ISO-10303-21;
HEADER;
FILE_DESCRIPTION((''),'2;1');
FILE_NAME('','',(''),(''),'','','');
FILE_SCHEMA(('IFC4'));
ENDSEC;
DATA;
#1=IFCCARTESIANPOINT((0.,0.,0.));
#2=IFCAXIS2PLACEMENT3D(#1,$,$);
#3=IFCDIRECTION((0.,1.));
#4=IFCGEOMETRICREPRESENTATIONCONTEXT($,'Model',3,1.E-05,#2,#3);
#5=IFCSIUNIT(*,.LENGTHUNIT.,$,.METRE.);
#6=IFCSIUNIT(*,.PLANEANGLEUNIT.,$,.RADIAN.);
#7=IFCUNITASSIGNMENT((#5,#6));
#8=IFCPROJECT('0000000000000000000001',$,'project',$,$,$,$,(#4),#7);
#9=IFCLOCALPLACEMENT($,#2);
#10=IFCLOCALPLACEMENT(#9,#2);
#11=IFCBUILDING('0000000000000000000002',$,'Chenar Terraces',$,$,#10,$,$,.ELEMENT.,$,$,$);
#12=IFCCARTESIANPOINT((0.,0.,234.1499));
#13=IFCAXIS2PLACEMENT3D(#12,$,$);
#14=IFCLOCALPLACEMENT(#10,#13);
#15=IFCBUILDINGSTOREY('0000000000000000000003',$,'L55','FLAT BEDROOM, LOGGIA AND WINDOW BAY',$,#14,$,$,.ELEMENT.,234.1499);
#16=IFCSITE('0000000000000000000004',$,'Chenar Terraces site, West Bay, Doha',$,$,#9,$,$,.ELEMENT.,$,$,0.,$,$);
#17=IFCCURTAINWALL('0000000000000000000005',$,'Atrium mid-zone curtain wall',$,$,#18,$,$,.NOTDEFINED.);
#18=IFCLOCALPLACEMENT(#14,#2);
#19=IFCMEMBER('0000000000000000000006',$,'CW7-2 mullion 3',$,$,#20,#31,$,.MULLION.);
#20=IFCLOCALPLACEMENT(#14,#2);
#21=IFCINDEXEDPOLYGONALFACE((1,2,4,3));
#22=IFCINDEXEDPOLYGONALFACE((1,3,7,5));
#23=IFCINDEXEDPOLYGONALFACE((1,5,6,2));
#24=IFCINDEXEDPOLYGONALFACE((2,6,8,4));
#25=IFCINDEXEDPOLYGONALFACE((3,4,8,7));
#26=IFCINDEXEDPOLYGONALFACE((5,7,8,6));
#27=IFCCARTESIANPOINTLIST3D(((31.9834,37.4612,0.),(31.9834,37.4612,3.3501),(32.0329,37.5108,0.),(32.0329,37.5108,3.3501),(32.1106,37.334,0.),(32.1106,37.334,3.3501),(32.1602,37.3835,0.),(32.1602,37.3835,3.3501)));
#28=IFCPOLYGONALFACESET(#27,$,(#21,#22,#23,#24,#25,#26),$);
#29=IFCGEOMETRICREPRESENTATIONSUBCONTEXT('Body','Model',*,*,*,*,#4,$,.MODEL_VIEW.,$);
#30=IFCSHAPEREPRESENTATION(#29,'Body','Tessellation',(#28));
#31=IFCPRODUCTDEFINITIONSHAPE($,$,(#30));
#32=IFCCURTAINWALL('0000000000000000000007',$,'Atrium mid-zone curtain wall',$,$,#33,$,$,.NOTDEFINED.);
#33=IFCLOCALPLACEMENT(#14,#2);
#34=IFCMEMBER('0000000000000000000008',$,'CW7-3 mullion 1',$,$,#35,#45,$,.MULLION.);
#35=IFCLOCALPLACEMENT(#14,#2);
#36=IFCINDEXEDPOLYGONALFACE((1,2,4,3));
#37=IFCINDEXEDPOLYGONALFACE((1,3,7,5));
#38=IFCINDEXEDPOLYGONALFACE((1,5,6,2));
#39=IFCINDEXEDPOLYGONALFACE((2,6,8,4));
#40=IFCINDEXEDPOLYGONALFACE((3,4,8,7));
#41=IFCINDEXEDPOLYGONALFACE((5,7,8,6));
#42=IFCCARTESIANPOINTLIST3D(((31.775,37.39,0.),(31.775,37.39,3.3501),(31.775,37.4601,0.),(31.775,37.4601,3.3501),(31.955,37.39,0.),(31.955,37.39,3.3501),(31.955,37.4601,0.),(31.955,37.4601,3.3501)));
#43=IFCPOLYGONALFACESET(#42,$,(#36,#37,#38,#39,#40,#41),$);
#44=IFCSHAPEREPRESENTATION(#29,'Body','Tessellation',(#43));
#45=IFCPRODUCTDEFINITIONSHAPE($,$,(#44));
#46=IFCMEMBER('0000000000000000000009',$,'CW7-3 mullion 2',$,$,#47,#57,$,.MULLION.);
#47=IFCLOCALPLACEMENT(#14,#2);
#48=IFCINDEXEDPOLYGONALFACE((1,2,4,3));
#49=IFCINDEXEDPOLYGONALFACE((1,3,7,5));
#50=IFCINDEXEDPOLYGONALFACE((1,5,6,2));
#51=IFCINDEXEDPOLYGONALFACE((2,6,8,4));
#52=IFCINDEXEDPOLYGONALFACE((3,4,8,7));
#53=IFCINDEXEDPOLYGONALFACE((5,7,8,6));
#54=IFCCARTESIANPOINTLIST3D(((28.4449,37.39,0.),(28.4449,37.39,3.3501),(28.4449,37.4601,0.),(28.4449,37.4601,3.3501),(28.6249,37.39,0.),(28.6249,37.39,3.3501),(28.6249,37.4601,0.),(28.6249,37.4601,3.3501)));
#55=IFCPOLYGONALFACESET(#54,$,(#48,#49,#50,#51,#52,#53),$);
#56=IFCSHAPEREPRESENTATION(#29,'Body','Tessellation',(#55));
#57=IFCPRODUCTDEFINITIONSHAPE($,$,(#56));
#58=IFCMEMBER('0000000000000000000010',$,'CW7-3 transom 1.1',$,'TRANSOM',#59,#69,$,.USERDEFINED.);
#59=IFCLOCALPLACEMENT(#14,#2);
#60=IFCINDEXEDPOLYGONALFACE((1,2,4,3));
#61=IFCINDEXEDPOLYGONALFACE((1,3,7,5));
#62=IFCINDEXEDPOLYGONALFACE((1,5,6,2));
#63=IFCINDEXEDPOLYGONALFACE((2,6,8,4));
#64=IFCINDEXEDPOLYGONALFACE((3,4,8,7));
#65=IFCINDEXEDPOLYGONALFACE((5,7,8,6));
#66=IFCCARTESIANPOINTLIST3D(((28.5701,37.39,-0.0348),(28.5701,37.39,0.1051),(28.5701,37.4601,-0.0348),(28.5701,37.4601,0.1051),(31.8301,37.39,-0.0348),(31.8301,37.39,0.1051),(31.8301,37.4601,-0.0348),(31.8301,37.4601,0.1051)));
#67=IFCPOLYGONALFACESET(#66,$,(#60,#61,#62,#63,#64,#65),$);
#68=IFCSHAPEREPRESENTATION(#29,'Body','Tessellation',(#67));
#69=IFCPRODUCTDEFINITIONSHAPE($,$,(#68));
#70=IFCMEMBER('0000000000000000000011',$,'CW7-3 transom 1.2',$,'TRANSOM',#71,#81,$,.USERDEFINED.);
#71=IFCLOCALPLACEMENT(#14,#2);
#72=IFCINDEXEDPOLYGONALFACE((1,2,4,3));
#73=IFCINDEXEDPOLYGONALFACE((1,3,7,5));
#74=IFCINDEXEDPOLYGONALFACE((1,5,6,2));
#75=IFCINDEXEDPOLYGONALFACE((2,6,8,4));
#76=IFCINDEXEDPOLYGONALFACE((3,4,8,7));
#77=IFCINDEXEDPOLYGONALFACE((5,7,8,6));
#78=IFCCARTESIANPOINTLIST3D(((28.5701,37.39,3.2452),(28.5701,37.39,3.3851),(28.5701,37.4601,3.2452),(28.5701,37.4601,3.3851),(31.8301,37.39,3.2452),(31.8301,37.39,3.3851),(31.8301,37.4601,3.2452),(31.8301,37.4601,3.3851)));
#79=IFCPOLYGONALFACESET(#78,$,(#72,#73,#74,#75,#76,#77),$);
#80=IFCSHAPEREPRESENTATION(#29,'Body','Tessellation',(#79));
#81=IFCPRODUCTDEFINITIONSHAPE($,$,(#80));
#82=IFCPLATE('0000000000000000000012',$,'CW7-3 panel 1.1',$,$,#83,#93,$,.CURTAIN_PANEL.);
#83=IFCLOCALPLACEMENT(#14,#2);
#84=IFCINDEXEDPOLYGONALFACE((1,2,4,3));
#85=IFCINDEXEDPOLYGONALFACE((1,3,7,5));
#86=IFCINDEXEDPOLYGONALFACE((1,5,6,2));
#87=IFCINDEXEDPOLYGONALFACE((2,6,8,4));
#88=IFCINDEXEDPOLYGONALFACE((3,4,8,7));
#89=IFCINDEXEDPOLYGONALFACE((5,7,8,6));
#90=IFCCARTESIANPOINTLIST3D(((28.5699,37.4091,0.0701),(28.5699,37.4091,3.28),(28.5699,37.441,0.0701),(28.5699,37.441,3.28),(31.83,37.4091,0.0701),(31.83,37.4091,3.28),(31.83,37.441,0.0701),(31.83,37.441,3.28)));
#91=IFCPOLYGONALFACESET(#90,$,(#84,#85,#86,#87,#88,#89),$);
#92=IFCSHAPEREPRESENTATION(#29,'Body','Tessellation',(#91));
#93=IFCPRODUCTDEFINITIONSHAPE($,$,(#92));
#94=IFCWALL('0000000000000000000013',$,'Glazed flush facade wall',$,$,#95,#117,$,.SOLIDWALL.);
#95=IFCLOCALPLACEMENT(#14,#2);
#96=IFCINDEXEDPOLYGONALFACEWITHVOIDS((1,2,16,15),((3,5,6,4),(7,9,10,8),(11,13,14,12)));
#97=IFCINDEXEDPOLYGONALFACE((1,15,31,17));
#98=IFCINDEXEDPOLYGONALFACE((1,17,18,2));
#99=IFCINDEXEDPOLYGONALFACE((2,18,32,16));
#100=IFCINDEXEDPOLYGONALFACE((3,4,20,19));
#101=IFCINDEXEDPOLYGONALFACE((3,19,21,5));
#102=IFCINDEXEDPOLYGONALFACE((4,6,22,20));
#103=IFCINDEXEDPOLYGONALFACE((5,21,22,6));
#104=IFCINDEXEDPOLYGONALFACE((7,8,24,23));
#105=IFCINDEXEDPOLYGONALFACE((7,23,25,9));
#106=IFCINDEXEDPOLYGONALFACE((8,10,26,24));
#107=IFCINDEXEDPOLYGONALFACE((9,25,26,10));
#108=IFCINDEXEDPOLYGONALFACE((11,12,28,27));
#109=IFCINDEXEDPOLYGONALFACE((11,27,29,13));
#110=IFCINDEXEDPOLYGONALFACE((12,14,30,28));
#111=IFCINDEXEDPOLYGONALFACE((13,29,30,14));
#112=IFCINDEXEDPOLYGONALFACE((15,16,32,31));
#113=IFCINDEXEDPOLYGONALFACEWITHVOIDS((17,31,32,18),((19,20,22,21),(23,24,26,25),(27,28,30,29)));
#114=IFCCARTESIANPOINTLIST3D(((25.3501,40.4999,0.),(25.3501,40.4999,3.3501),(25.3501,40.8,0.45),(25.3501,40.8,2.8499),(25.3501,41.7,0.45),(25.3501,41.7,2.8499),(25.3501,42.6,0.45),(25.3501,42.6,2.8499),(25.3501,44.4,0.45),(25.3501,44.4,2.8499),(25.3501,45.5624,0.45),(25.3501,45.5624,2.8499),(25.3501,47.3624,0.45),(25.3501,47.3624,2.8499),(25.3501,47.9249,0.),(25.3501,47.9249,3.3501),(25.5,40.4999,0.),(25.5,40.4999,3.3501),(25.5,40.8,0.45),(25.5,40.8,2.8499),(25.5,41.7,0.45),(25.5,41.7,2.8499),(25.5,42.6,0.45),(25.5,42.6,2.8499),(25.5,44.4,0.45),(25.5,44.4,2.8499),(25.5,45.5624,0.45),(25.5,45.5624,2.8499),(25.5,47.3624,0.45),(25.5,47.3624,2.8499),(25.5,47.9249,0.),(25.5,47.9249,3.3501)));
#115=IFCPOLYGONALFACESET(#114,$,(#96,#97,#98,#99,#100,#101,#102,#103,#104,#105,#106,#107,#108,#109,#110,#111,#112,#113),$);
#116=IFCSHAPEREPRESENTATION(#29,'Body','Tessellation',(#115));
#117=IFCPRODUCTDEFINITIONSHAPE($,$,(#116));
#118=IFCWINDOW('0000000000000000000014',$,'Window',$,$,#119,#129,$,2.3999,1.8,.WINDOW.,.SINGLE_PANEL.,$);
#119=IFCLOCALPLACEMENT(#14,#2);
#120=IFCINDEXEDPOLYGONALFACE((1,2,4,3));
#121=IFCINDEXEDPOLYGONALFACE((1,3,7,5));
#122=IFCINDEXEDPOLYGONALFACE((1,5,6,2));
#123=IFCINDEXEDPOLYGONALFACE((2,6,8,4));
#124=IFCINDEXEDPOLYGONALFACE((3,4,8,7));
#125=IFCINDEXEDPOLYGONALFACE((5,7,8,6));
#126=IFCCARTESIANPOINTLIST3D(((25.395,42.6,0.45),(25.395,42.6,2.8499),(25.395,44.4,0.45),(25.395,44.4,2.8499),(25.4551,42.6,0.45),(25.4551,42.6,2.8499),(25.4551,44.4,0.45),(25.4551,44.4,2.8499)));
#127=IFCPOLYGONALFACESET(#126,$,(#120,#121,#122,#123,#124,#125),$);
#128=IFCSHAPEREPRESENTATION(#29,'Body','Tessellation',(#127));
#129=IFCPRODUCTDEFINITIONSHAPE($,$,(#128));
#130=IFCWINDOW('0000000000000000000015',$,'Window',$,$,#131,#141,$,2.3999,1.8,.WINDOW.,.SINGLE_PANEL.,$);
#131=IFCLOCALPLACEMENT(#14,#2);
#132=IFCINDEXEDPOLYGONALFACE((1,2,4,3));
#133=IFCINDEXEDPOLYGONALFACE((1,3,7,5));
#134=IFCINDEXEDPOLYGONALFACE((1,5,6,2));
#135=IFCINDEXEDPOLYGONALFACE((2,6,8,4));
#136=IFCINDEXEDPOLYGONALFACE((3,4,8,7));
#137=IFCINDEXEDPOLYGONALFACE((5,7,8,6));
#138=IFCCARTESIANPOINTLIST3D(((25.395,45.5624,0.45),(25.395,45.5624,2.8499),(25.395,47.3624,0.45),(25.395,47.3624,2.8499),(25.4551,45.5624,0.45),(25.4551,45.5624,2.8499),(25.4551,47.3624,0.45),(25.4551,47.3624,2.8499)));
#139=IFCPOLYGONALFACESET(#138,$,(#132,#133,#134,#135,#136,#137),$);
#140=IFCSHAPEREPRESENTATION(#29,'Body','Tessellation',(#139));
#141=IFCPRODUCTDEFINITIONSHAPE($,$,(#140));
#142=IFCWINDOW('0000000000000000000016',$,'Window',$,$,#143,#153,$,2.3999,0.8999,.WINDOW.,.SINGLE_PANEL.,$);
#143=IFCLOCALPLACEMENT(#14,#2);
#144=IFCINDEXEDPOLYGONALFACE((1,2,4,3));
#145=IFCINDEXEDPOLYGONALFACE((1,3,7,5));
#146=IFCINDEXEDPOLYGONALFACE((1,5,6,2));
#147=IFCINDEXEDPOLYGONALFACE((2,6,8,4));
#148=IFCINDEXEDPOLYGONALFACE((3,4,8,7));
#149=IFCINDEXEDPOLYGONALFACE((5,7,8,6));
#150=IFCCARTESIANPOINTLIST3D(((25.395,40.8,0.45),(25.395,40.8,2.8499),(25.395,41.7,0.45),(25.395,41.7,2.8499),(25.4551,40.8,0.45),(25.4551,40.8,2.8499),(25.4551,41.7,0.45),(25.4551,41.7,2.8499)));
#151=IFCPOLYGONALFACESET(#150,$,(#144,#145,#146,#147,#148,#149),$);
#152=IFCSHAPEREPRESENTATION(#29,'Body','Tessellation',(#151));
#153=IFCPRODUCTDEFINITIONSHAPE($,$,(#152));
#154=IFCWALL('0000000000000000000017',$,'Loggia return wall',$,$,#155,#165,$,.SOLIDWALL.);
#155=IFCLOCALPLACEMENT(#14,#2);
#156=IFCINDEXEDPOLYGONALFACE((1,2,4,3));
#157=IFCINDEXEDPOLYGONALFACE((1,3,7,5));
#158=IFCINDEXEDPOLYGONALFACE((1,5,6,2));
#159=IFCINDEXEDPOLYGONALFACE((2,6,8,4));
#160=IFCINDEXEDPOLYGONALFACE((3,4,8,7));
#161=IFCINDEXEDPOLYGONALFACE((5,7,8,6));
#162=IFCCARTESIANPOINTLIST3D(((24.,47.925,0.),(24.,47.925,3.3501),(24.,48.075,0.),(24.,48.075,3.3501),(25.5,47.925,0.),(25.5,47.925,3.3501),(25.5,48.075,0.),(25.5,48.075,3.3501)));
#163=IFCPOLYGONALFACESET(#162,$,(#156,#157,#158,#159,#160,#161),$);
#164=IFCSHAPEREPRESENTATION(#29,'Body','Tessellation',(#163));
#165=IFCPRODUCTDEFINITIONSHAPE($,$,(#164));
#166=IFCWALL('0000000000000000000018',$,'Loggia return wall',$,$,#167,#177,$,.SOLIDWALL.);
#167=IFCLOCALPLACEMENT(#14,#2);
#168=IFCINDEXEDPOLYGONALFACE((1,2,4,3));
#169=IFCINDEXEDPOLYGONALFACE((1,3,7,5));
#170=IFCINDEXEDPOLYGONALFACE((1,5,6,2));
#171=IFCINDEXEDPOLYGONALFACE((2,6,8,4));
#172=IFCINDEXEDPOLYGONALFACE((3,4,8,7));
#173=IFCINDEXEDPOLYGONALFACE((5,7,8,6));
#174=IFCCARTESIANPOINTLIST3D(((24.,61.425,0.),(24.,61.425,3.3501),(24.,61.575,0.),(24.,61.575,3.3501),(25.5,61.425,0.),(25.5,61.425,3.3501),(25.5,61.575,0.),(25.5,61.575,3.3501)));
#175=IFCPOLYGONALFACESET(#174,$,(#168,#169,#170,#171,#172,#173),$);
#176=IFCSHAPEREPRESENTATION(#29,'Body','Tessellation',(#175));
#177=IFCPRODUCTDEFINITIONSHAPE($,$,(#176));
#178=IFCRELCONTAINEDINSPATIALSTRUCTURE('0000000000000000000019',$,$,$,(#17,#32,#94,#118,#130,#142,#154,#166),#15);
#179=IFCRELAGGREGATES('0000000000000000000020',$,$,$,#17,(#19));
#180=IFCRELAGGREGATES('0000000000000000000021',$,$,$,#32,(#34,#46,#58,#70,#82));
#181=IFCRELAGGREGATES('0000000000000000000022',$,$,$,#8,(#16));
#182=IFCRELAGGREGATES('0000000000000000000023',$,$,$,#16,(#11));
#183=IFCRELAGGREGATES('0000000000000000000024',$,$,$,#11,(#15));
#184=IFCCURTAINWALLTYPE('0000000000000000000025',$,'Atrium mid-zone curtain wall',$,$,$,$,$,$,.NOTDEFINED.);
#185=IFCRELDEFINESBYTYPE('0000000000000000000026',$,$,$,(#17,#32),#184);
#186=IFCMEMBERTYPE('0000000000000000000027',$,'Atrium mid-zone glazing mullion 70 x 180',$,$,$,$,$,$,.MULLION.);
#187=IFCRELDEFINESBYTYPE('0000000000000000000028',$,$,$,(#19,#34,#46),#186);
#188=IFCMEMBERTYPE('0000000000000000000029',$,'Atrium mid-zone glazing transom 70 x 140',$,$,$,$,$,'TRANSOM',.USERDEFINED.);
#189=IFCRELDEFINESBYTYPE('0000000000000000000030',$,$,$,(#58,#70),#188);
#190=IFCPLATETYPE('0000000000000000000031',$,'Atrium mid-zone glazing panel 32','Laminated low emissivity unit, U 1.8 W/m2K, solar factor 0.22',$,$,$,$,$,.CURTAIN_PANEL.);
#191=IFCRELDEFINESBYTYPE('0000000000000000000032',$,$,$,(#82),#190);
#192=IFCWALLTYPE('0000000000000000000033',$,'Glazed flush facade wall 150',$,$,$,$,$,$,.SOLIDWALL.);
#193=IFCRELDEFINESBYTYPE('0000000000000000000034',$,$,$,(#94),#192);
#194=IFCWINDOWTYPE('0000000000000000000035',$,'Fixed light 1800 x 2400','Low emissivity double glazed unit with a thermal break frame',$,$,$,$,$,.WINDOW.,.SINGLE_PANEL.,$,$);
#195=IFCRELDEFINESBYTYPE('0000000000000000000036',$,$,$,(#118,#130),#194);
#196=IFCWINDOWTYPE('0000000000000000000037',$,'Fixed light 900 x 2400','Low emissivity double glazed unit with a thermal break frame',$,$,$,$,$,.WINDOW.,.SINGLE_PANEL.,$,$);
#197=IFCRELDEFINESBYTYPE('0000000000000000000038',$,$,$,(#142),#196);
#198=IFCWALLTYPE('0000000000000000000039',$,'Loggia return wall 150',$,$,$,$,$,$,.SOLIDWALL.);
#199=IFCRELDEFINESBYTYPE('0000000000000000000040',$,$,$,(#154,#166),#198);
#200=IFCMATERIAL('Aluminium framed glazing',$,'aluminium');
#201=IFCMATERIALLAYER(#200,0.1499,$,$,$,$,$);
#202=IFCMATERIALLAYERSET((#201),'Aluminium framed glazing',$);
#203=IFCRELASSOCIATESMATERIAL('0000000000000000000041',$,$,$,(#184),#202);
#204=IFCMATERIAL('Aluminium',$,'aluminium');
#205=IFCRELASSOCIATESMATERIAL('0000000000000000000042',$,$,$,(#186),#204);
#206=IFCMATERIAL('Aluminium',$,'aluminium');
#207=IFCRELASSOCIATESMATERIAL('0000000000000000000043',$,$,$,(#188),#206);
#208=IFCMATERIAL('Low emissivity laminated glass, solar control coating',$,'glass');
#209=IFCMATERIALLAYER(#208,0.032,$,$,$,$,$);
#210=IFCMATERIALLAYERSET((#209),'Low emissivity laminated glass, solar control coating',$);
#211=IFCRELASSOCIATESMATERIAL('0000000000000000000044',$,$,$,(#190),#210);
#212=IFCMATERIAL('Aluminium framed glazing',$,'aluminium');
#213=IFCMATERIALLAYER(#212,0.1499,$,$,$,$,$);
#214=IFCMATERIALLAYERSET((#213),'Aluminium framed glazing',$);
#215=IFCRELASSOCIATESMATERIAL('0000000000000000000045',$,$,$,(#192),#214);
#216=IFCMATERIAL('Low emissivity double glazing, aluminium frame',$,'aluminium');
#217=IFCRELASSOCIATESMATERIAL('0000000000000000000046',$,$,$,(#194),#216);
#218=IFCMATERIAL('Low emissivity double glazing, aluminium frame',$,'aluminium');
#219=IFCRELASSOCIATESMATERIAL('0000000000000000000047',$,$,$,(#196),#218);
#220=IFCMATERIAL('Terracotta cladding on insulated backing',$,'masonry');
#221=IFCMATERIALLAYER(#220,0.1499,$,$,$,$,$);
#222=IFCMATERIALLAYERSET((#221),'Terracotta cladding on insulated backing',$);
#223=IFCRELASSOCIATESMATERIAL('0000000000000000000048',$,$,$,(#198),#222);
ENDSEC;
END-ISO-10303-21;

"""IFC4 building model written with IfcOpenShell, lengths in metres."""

from ifc_helpers import new_model, si_unit, direction, frame, frame_2d, origin, origin_2d, place, context, subcontext, project, spatial, rectangle, extrude, material, layer, layer_set, material_profile, profile_set, type_object, element, fill, aggregate, save


model = new_model("IFC4")

# Units and contexts
model_context = context("Model", 3, precision=1e-05, world=origin(), true_north=direction((0.0, 1.0)))
body_context = subcontext(model_context, "Body", "Model", "MODEL_VIEW")
ifc_project = project(units=[si_unit("LENGTHUNIT", "METRE"), si_unit("PLANEANGLEUNIT", "RADIAN")], contexts=[model_context])

# Site, building, storey
site_placement = place(None, origin())
site = spatial("IfcSite", under=ifc_project, at=site_placement, Name="Chenar Terraces site, West Bay, Doha", CompositionType="ELEMENT", RefElevation=0.0)
building_placement = place(site_placement, origin())
building = spatial("IfcBuilding", under=site, at=building_placement, Name="Chenar Terraces", CompositionType="ELEMENT")
storey_placement = place(building_placement, frame((0.0, 0.0, 234.1499)))
storey = spatial("IfcBuildingStorey", under=building, at=storey_placement, Name="L55", Description="FLAT BEDROOM, LOGGIA AND WINDOW BAY", CompositionType="ELEMENT", Elevation=234.1499)

# Curtain wall, member
ifc_material_1 = material(Name="Aluminium framed glazing", Category="aluminium")
ifc_layer_1 = layer(ifc_material_1, 0.1499)
ifc_layer_set_1 = layer_set([ifc_layer_1], Name="Aluminium framed glazing")
curtain_wall_type = type_object("IfcCurtainWallType", Name="Atrium mid-zone curtain wall", PredefinedType="NOTDEFINED", material=ifc_layer_set_1)
placement = place(storey_placement, origin())
curtain_wall_1 = element("IfcCurtainWall", 1, at=placement, inside=storey, type_object=curtain_wall_type, Name="Atrium mid-zone curtain wall", PredefinedType="NOTDEFINED")
ifc_material_2 = material(Name="Aluminium", Category="aluminium")
ifc_material_profile_1 = material_profile(ifc_material_2, rectangle(XDim=0.0701, YDim=0.1799, at=origin_2d()), Name="Atrium mid-zone glazing mullion 70 x 180")
ifc_profile_set_1 = profile_set([ifc_material_profile_1], Name="Aluminium")
member_type_1 = type_object("IfcMemberType", Name="Atrium mid-zone glazing mullion 70 x 180", PredefinedType="MULLION", material=ifc_profile_set_1)
member_1_placement = place(storey_placement, frame((32.0718, 37.4224, 0.0), z_axis=(0.0, 0.0, 1.0), x_axis=(-0.707107, -0.707107, 0.0)))
member_1 = element("IfcMember", 2, at=member_1_placement, type_object=member_type_1, Name="CW7-2 mullion 3", PredefinedType="MULLION", context=body_context, shape_type="SweptSolid", body=[
    extrude(rectangle(XDim=0.0701, YDim=0.1799, at=origin_2d()), origin(), (0.0, 0.0, 1.0), 3.3501),
])
aggregate(curtain_wall_1, [member_1])

# Curtain wall, members, plate
curtain_wall_2 = element("IfcCurtainWall", 3, at=placement, inside=storey, type_object=curtain_wall_type, Name="Atrium mid-zone curtain wall", PredefinedType="NOTDEFINED")
member_2_placement = place(storey_placement, frame((31.865, 37.425, 0.0), z_axis=(0.0, 0.0, 1.0), x_axis=(0.0, -1.0, 0.0)))
member_2 = element("IfcMember", 4, at=member_2_placement, type_object=member_type_1, Name="CW7-3 mullion 1", PredefinedType="MULLION", context=body_context, shape_type="SweptSolid", body=[
    extrude(rectangle(XDim=0.0701, YDim=0.1799, at=origin_2d()), origin(), (0.0, 0.0, 1.0), 3.3501),
])
member_3_placement = place(storey_placement, frame((28.5349, 37.425, 0.0), z_axis=(0.0, 0.0, 1.0), x_axis=(0.0, -1.0, 0.0)))
member_3 = element("IfcMember", 5, at=member_3_placement, type_object=member_type_1, Name="CW7-3 mullion 2", PredefinedType="MULLION", context=body_context, shape_type="SweptSolid", body=[
    extrude(rectangle(XDim=0.0701, YDim=0.1799, at=origin_2d()), origin(), (0.0, 0.0, 1.0), 3.3501),
])
ifc_material_3 = material(Name="Aluminium", Category="aluminium")
ifc_material_profile_2 = material_profile(ifc_material_3, rectangle(XDim=0.0701, YDim=0.1399, at=origin_2d()), Name="Atrium mid-zone glazing transom 70 x 140")
ifc_profile_set_2 = profile_set([ifc_material_profile_2], Name="Aluminium")
member_type_2 = type_object("IfcMemberType", Name="Atrium mid-zone glazing transom 70 x 140", ElementType="TRANSOM", PredefinedType="USERDEFINED", material=ifc_profile_set_2)
member_4_placement = place(storey_placement, frame((31.8301, 37.425, 0.0352), z_axis=(-1.0, 0.0, 0.0), x_axis=(0.0, -1.0, 0.0)))
member_4 = element("IfcMember", 6, at=member_4_placement, type_object=member_type_2, Name="CW7-3 transom 1.1", ObjectType="TRANSOM", PredefinedType="USERDEFINED", context=body_context, shape_type="SweptSolid", body=[
    extrude(rectangle(XDim=0.0701, YDim=0.1399, at=origin_2d()), origin(), (0.0, 0.0, 1.0), 3.26),
])
member_5_placement = place(storey_placement, frame((31.8301, 37.425, 3.3152), z_axis=(-1.0, 0.0, 0.0), x_axis=(0.0, -1.0, 0.0)))
member_5 = element("IfcMember", 7, at=member_5_placement, type_object=member_type_2, Name="CW7-3 transom 1.2", ObjectType="TRANSOM", PredefinedType="USERDEFINED", context=body_context, shape_type="SweptSolid", body=[
    extrude(rectangle(XDim=0.0701, YDim=0.1399, at=origin_2d()), origin(), (0.0, 0.0, 1.0), 3.26),
])
ifc_material_4 = material(Name="Low emissivity laminated glass, solar control coating", Category="glass")
ifc_layer_2 = layer(ifc_material_4, 0.032)
ifc_layer_set_2 = layer_set([ifc_layer_2], Name="Low emissivity laminated glass, solar control coating")
plate_type = type_object("IfcPlateType", Name="Atrium mid-zone glazing panel 32", Description="Laminated low emissivity unit, U 1.8 W/m2K, solar factor 0.22", PredefinedType="CURTAIN_PANEL", material=ifc_layer_set_2)
plate_placement = place(storey_placement, frame((30.2, 37.425, 0.0701), z_axis=(0.0, 0.0, 1.0), x_axis=(-1.0, 0.0, 0.0)))
plate = element("IfcPlate", 8, at=plate_placement, type_object=plate_type, Name="CW7-3 panel 1.1", PredefinedType="CURTAIN_PANEL", context=body_context, shape_type="SweptSolid", body=[
    extrude(rectangle(XDim=3.26, YDim=0.032, at=origin_2d()), origin(), (0.0, 0.0, 1.0), 3.21),
])
aggregate(curtain_wall_2, [member_2, member_3, member_4, member_5, plate])

# Wall, openings, windows
ifc_material_5 = material(Name="Aluminium framed glazing", Category="aluminium")
ifc_layer_3 = layer(ifc_material_5, 0.1499)
ifc_layer_set_3 = layer_set([ifc_layer_3], Name="Aluminium framed glazing")
wall_type_1 = type_object("IfcWallType", Name="Glazed flush facade wall 150", PredefinedType="SOLIDWALL", material=ifc_layer_set_3)
wall_1_placement = place(storey_placement, frame((25.425, 40.5, 0.0), z_axis=(0.0, 0.0, 1.0), x_axis=(0.0, 1.0, 0.0)))
wall_1 = element("IfcWall", 9, at=wall_1_placement, inside=storey, type_object=wall_type_1, Name="Glazed flush facade wall", PredefinedType="SOLIDWALL", context=body_context, shape_type="SweptSolid", body=[
    extrude(rectangle(XDim=7.425, YDim=0.1499, at=frame_2d((3.7124, 0.0))), origin(), (0.0, 0.0, 1.0), 3.3501),
])
opening_1_placement = place(wall_1_placement, frame((0.3, 0.0, 0.45)))
opening_1 = element("IfcOpeningElement", 10, at=opening_1_placement, cuts=wall_1, PredefinedType="OPENING", context=body_context, shape_type="SweptSolid", body=[
    extrude(rectangle(XDim=0.8999, YDim=2.3999, at=frame_2d((0.45, 1.2))), frame((0.0, 0.085, 0.0), z_axis=(0.0, -1.0, 0.0), x_axis=(1.0, 0.0, 0.0)), (0.0, 0.0, 1.0), 0.1699),
])
opening_2_placement = place(wall_1_placement, frame((2.1001, 0.0, 0.45)))
opening_2 = element("IfcOpeningElement", 11, at=opening_2_placement, cuts=wall_1, PredefinedType="OPENING", context=body_context, shape_type="SweptSolid", body=[
    extrude(rectangle(XDim=1.8, YDim=2.3999, at=frame_2d((0.8999, 1.2))), frame((0.0, 0.085, 0.0), z_axis=(0.0, -1.0, 0.0), x_axis=(1.0, 0.0, 0.0)), (0.0, 0.0, 1.0), 0.1699),
])
opening_3_placement = place(wall_1_placement, frame((5.0625, 0.0, 0.45)))
opening_3 = element("IfcOpeningElement", 12, at=opening_3_placement, cuts=wall_1, PredefinedType="OPENING", context=body_context, shape_type="SweptSolid", body=[
    extrude(rectangle(XDim=1.8, YDim=2.3999, at=frame_2d((0.8999, 1.2))), frame((0.0, 0.085, 0.0), z_axis=(0.0, -1.0, 0.0), x_axis=(1.0, 0.0, 0.0)), (0.0, 0.0, 1.0), 0.1699),
])
ifc_material_6 = material(Name="Low emissivity double glazing, aluminium frame", Category="aluminium")
window_type_1 = type_object("IfcWindowType", Name="Fixed light 1800 x 2400", Description="Low emissivity double glazed unit with a thermal break frame", PartitioningType="SINGLE_PANEL", PredefinedType="WINDOW", material=ifc_material_6)
window_1_placement = place(opening_2_placement, origin())
window_1 = element("IfcWindow", 13, at=window_1_placement, inside=storey, type_object=window_type_1, Name="Window", OverallHeight=2.3999, OverallWidth=1.8, PartitioningType="SINGLE_PANEL", PredefinedType="WINDOW", context=body_context, shape_type="SweptSolid", body=[
    extrude(rectangle(XDim=1.8, YDim=2.3999, at=frame_2d((0.8999, 1.2))), frame((0.0, 0.03, 0.0), z_axis=(0.0, -1.0, 0.0), x_axis=(1.0, 0.0, 0.0)), (0.0, 0.0, 1.0), 0.0601),
])
fill(opening_2, window_1)
window_2_placement = place(opening_3_placement, origin())
window_2 = element("IfcWindow", 14, at=window_2_placement, inside=storey, type_object=window_type_1, Name="Window", OverallHeight=2.3999, OverallWidth=1.8, PartitioningType="SINGLE_PANEL", PredefinedType="WINDOW", context=body_context, shape_type="SweptSolid", body=[
    extrude(rectangle(XDim=1.8, YDim=2.3999, at=frame_2d((0.8999, 1.2))), frame((0.0, 0.03, 0.0), z_axis=(0.0, -1.0, 0.0), x_axis=(1.0, 0.0, 0.0)), (0.0, 0.0, 1.0), 0.0601),
])
fill(opening_3, window_2)
ifc_material_7 = material(Name="Low emissivity double glazing, aluminium frame", Category="aluminium")
window_type_2 = type_object("IfcWindowType", Name="Fixed light 900 x 2400", Description="Low emissivity double glazed unit with a thermal break frame", PartitioningType="SINGLE_PANEL", PredefinedType="WINDOW", material=ifc_material_7)
window_3_placement = place(opening_1_placement, origin())
window_3 = element("IfcWindow", 15, at=window_3_placement, inside=storey, type_object=window_type_2, Name="Window", OverallHeight=2.3999, OverallWidth=0.8999, PartitioningType="SINGLE_PANEL", PredefinedType="WINDOW", context=body_context, shape_type="SweptSolid", body=[
    extrude(rectangle(XDim=0.8999, YDim=2.3999, at=frame_2d((0.45, 1.2))), frame((0.0, 0.03, 0.0), z_axis=(0.0, -1.0, 0.0), x_axis=(1.0, 0.0, 0.0)), (0.0, 0.0, 1.0), 0.0601),
])
fill(opening_1, window_3)

# Walls
ifc_material_8 = material(Name="Terracotta cladding on insulated backing", Category="masonry")
ifc_layer_4 = layer(ifc_material_8, 0.1499)
ifc_layer_set_4 = layer_set([ifc_layer_4], Name="Terracotta cladding on insulated backing")
wall_type_2 = type_object("IfcWallType", Name="Loggia return wall 150", PredefinedType="SOLIDWALL", material=ifc_layer_set_4)
for number, where, z_axis, x_axis, name in (
    (16, (25.5, 48.0, 0.0), (0.0, 0.0, 1.0), (-1.0, 0.0, 0.0), "Loggia return wall"),
    (17, (25.5, 61.5, 0.0), (0.0, 0.0, 1.0), (-1.0, 0.0, 0.0), "Loggia return wall"),
):
    element("IfcWall", number, at=place(storey_placement, frame(where, z_axis=z_axis, x_axis=x_axis)), inside=storey, type_object=wall_type_2, Name=name, PredefinedType="SOLIDWALL", context=body_context, shape_type="SweptSolid", body=[
        extrude(rectangle(XDim=1.5, YDim=0.1499, at=frame_2d((0.75, 0.0))), origin(), (0.0, 0.0, 1.0), 3.3501),
    ])

save(model, "model.ifc")
